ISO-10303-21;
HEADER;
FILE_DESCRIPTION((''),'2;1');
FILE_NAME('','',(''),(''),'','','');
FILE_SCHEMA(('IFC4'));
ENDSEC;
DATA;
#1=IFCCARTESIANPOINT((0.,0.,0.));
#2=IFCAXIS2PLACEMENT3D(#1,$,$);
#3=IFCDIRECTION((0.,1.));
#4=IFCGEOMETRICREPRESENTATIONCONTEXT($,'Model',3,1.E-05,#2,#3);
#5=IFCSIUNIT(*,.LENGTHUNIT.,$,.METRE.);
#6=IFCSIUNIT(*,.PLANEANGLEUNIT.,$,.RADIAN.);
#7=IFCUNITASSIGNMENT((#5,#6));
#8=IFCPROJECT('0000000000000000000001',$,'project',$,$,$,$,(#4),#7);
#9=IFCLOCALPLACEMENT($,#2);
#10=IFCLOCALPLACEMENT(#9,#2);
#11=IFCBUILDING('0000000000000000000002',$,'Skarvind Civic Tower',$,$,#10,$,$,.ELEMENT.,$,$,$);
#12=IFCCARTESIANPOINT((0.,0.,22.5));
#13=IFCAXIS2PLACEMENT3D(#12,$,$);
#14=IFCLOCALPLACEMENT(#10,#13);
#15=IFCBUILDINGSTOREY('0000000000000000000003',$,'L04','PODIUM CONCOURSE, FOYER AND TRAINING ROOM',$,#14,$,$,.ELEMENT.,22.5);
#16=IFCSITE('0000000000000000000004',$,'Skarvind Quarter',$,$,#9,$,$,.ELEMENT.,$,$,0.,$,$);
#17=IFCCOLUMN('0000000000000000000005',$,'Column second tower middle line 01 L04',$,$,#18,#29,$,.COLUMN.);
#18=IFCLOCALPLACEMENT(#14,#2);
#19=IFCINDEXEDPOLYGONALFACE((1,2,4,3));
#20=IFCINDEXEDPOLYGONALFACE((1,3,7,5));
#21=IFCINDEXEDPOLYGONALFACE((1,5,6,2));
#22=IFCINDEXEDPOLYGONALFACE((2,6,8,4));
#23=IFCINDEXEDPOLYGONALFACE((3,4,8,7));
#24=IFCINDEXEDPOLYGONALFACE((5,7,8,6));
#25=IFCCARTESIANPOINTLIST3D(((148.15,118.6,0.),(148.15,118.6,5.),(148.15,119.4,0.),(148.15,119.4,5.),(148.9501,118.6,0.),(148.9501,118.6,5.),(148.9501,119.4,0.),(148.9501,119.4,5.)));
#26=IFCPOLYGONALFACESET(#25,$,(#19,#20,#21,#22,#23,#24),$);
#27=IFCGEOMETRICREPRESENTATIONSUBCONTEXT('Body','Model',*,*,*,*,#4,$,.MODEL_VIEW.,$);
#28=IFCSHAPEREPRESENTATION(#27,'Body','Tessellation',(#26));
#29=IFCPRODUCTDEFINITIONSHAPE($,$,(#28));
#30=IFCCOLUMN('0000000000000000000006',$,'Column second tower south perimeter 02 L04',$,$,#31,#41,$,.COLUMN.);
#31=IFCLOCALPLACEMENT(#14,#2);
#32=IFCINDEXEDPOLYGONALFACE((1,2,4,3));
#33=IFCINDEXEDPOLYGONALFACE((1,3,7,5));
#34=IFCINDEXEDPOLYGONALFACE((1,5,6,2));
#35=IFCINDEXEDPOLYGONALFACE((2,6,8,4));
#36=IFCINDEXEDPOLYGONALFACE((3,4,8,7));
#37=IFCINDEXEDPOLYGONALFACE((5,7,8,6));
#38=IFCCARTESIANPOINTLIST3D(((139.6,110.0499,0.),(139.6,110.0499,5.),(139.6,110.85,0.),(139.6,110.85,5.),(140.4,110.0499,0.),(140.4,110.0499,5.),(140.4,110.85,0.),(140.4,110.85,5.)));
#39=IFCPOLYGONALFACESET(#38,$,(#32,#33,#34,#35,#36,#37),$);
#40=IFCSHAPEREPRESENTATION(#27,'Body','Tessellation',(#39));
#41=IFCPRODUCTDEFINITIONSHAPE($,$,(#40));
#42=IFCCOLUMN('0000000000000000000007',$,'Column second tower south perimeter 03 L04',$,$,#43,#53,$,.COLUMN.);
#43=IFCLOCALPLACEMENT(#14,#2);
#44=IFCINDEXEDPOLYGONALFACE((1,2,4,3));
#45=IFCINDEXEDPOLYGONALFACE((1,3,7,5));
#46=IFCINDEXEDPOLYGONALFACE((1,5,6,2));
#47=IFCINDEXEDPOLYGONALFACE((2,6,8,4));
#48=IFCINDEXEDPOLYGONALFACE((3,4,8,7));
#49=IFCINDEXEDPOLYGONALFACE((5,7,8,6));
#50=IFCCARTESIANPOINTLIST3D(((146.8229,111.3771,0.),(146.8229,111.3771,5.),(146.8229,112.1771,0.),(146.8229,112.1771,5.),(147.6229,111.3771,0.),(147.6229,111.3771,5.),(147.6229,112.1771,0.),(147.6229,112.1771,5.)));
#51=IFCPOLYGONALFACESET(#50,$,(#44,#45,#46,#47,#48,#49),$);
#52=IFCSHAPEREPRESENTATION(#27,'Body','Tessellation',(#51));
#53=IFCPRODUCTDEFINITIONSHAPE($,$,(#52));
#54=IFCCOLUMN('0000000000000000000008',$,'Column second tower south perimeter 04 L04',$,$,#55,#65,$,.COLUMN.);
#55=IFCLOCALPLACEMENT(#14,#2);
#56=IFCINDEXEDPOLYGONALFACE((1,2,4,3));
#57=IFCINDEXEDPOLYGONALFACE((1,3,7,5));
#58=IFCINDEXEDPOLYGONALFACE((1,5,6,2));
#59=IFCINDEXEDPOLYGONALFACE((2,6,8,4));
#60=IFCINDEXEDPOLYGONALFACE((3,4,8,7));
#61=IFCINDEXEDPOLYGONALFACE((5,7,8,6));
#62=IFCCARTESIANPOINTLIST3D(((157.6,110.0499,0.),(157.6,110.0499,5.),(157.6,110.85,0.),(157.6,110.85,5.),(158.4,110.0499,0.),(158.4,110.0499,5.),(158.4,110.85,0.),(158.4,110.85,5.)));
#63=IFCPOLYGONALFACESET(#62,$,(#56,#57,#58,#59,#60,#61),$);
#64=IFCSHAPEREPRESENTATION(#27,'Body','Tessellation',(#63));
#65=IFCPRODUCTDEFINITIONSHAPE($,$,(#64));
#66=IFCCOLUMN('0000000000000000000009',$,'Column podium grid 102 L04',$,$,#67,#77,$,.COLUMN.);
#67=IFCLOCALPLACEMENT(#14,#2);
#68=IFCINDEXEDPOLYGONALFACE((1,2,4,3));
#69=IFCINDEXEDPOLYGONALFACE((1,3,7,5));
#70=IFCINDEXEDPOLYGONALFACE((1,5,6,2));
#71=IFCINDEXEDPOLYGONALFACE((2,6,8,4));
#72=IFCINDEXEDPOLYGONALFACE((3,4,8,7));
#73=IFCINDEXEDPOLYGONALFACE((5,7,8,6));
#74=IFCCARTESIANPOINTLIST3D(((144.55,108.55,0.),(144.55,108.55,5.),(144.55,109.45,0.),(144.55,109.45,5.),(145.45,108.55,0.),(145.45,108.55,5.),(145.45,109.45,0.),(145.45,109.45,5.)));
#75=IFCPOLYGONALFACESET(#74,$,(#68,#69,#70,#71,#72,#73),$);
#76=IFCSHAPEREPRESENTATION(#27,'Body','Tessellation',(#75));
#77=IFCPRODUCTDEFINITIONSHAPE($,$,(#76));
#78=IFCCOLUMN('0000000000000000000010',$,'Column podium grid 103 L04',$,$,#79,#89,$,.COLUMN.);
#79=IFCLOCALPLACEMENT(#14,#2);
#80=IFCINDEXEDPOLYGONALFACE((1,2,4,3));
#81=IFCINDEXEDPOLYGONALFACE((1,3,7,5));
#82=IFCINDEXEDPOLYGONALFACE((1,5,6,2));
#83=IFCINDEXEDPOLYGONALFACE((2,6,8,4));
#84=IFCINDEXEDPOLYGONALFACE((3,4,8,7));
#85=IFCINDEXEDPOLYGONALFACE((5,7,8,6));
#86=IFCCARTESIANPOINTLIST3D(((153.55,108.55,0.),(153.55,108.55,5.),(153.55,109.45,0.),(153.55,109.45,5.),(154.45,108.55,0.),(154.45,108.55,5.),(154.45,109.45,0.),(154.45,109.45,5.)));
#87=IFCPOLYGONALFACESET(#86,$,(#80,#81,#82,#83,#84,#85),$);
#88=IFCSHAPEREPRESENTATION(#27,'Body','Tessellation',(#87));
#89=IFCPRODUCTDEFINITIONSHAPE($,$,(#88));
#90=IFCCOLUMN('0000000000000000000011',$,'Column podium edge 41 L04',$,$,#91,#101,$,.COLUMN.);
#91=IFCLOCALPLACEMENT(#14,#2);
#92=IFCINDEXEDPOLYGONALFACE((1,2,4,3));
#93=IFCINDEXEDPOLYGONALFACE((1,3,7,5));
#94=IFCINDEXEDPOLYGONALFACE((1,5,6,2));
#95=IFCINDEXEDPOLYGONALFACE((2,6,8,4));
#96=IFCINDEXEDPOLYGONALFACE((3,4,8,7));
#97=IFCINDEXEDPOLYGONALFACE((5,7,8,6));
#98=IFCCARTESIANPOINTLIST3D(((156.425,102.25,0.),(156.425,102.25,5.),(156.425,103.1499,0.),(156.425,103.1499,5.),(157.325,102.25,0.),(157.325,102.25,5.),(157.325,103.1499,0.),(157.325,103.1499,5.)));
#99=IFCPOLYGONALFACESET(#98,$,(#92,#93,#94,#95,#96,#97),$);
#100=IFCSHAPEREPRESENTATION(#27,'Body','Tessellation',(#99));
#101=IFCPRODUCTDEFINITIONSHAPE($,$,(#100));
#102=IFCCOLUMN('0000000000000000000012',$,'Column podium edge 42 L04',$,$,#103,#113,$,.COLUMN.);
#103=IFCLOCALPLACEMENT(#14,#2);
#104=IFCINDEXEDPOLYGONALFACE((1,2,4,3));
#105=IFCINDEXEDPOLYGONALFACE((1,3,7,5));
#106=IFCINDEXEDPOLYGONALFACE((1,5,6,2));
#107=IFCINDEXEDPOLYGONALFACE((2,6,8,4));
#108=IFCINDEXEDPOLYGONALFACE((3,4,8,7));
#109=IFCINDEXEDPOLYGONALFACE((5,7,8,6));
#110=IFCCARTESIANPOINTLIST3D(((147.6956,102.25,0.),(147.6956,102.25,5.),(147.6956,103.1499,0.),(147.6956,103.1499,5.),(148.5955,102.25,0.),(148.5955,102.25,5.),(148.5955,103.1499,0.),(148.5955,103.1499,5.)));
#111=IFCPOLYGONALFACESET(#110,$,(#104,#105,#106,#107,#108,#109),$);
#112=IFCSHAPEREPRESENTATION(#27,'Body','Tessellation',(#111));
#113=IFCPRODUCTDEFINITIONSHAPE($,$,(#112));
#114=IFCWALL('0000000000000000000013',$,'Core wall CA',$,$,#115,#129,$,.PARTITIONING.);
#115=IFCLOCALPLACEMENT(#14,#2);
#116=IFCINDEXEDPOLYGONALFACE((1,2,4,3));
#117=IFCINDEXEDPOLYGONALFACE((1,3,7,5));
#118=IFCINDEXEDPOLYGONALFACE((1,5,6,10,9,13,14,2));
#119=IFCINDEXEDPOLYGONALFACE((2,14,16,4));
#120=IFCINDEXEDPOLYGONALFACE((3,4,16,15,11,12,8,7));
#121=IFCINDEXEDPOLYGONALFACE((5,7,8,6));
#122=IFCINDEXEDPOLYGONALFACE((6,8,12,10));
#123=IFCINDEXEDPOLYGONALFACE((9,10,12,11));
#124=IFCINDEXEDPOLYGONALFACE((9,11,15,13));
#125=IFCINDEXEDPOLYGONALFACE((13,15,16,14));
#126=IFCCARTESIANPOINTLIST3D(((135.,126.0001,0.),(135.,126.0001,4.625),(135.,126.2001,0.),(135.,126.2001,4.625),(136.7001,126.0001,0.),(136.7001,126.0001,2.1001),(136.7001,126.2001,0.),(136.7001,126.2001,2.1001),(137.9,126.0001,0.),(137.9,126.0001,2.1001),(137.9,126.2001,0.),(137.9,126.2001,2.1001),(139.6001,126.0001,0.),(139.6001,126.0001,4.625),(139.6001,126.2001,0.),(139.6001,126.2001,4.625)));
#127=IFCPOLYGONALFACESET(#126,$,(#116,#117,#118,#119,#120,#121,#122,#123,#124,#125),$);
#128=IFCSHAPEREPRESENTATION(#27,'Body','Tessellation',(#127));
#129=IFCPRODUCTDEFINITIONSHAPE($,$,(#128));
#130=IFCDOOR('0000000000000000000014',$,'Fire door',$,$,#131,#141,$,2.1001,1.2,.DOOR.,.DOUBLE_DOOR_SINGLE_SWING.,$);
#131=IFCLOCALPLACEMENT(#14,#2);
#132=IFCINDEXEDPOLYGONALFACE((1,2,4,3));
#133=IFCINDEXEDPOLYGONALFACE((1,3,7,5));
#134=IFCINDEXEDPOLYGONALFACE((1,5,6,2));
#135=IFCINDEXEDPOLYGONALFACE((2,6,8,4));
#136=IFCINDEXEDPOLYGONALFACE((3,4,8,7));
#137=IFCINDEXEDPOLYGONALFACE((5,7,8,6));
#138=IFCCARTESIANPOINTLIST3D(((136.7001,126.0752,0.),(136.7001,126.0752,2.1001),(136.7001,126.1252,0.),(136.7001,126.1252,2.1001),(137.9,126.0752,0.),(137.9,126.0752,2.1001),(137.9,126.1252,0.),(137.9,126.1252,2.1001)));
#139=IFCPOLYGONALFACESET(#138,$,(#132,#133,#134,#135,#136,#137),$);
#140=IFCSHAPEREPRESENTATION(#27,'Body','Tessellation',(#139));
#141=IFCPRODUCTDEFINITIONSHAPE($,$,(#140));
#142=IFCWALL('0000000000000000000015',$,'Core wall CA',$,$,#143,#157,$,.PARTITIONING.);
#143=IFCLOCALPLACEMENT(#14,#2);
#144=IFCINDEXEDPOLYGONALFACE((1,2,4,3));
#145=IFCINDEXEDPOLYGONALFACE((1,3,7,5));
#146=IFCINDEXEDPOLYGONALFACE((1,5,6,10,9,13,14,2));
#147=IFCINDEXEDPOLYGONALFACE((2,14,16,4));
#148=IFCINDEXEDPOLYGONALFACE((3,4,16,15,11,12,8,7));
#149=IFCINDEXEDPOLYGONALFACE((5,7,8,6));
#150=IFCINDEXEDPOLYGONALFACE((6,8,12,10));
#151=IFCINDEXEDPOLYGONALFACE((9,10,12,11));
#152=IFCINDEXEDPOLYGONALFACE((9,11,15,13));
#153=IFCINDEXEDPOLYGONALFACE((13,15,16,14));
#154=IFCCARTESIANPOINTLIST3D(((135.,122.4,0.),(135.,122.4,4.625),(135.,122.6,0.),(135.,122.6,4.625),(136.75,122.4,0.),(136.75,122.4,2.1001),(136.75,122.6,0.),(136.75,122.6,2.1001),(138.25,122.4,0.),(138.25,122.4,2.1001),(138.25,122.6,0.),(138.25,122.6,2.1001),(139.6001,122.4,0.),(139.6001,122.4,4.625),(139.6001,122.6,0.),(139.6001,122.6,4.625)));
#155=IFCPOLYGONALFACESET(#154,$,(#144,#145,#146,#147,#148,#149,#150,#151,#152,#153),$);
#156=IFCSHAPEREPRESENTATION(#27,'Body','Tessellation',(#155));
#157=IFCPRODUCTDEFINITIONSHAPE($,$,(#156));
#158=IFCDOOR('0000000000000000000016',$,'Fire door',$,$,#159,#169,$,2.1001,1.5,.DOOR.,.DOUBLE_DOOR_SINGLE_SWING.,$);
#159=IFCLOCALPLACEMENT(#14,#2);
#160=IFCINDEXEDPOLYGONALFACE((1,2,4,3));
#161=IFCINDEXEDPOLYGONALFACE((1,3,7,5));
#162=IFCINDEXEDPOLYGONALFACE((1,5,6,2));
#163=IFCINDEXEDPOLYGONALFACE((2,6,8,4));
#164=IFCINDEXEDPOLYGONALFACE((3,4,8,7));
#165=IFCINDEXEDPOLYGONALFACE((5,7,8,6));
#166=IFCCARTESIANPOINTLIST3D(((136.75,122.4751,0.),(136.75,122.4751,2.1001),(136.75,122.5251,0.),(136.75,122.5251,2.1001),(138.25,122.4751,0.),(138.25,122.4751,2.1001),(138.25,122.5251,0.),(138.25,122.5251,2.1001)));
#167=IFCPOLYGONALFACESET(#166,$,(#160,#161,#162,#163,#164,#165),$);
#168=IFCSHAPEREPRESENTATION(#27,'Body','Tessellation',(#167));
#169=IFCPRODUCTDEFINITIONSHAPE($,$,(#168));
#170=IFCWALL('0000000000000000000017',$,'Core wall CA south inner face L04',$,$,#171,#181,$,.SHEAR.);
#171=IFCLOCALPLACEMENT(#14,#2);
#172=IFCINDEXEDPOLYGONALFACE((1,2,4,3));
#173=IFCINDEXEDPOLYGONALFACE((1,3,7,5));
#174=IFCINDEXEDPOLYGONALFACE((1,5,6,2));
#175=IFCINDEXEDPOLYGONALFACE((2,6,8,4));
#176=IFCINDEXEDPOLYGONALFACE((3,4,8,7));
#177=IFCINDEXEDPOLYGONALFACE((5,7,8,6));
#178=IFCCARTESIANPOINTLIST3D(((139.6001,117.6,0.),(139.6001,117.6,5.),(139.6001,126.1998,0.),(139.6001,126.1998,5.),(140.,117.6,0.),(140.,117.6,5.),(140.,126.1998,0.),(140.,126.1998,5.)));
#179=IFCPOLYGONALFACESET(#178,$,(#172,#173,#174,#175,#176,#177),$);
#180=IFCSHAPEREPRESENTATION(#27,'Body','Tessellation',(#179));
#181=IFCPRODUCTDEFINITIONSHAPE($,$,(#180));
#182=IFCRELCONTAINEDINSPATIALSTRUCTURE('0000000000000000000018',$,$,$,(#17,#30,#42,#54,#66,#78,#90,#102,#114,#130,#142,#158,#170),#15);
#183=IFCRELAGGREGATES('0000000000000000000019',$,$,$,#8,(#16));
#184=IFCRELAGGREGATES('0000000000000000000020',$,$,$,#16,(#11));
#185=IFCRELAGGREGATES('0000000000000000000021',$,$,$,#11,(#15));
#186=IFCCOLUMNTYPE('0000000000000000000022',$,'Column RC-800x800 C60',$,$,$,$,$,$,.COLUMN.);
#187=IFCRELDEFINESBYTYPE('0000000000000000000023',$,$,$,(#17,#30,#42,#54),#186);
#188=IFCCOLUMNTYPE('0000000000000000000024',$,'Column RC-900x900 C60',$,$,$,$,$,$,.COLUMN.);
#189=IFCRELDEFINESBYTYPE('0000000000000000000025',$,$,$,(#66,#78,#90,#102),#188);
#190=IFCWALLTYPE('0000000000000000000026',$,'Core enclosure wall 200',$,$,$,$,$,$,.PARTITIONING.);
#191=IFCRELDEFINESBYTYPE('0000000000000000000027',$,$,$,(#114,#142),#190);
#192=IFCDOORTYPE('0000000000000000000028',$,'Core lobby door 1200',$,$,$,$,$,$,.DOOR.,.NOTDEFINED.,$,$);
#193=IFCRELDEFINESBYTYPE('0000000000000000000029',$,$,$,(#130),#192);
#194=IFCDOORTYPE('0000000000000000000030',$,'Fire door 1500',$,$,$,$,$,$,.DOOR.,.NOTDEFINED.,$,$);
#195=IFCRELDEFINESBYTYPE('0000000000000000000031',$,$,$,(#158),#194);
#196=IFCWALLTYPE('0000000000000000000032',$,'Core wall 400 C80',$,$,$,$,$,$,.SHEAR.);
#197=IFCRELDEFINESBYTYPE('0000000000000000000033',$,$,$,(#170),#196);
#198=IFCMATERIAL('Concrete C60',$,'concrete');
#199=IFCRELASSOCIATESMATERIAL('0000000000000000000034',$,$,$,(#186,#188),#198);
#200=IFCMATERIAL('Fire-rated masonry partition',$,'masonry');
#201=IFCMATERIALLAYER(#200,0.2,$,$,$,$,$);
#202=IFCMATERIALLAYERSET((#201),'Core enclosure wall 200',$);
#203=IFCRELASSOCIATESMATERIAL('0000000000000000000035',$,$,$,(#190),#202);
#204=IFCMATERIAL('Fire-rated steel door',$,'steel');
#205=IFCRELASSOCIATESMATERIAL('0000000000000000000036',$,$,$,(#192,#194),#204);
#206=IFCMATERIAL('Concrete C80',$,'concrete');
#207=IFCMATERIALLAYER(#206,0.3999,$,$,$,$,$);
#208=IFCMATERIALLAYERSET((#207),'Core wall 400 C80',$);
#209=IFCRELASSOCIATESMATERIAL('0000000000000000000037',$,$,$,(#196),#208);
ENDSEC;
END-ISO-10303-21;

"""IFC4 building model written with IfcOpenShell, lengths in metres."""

from ifc_helpers import new_model, si_unit, direction, frame, frame_2d, origin, origin_2d, place, context, subcontext, project, spatial, rectangle, extrude, material, layer, layer_set, material_profile, profile_set, type_object, element, fill, save


model = new_model("IFC4")

# Units and contexts
model_context = context("Model", 3, precision=1e-05, world=origin(), true_north=direction((0.0, 1.0)))
body_context = subcontext(model_context, "Body", "Model", "MODEL_VIEW")
ifc_project = project(units=[si_unit("LENGTHUNIT", "METRE"), si_unit("PLANEANGLEUNIT", "RADIAN")], contexts=[model_context])

# Site, building, storey
site_placement = place(None, origin())
site = spatial("IfcSite", under=ifc_project, at=site_placement, Name="Skarvind Quarter", CompositionType="ELEMENT", RefElevation=0.0)
building_placement = place(site_placement, origin())
building = spatial("IfcBuilding", under=site, at=building_placement, Name="Skarvind Civic Tower", CompositionType="ELEMENT")
storey_placement = place(building_placement, frame((0.0, 0.0, 22.5)))
storey = spatial("IfcBuildingStorey", under=building, at=storey_placement, Name="L04", Description="PODIUM CONCOURSE, FOYER AND TRAINING ROOM", CompositionType="ELEMENT", Elevation=22.5)

# Columns
ifc_material_1 = material(Name="Concrete C60", Category="concrete")
ifc_material_profile_1 = material_profile(ifc_material_1, rectangle(XDim=0.8, YDim=0.8, at=origin_2d()), Name="RC-800x800")
ifc_profile_set_1 = profile_set([ifc_material_profile_1], Name="Concrete C60")
column_type_1 = type_object("IfcColumnType", Name="Column RC-800x800 C60", PredefinedType="COLUMN", material=ifc_profile_set_1)
for number, where, z_axis, x_axis, name in (
    (1, (148.55, 119.0, 0.0), (0.0, 0.0, 1.0), (1.0, 0.0, 0.0), "Column second tower middle line 01 L04"),
    (2, (140.0, 110.45, 0.0), (0.0, 0.0, 1.0), (1.0, 0.0, 0.0), "Column second tower south perimeter 02 L04"),
    (3, (147.2229, 111.7771, 0.0), (0.0, 0.0, 1.0), (1.0, 0.0, 0.0), "Column second tower south perimeter 03 L04"),
    (4, (158.0, 110.45, 0.0), (0.0, 0.0, 1.0), (1.0, 0.0, 0.0), "Column second tower south perimeter 04 L04"),
):
    element("IfcColumn", number, at=place(storey_placement, frame(where, z_axis=z_axis, x_axis=x_axis)), inside=storey, type_object=column_type_1, Name=name, PredefinedType="COLUMN", context=body_context, shape_type="SweptSolid", body=[
        extrude(rectangle(XDim=0.8, YDim=0.8, at=origin_2d()), origin(), (0.0, 0.0, 1.0), 5.0),
    ])
ifc_material_profile_2 = material_profile(ifc_material_1, rectangle(XDim=0.8999, YDim=0.8999, at=origin_2d()), Name="RC-900x900")
ifc_profile_set_2 = profile_set([ifc_material_profile_2], Name="Concrete C60")
column_type_2 = type_object("IfcColumnType", Name="Column RC-900x900 C60", PredefinedType="COLUMN", material=ifc_profile_set_2)
for number, where, z_axis, x_axis, name in (
    (5, (145.0, 109.0, 0.0), (0.0, 0.0, 1.0), (1.0, 0.0, 0.0), "Column podium grid 102 L04"),
    (6, (154.0, 109.0, 0.0), (0.0, 0.0, 1.0), (1.0, 0.0, 0.0), "Column podium grid 103 L04"),
    (7, (156.875, 102.7, 0.0), (0.0, 0.0, 1.0), (1.0, 0.0, 0.0), "Column podium edge 41 L04"),
    (8, (148.1455, 102.7, 0.0), (0.0, 0.0, 1.0), (1.0, 0.0, 0.0), "Column podium edge 42 L04"),
):
    element("IfcColumn", number, at=place(storey_placement, frame(where, z_axis=z_axis, x_axis=x_axis)), inside=storey, type_object=column_type_2, Name=name, PredefinedType="COLUMN", context=body_context, shape_type="SweptSolid", body=[
        extrude(rectangle(XDim=0.8999, YDim=0.8999, at=origin_2d()), origin(), (0.0, 0.0, 1.0), 5.0),
    ])

# Walls, openings, doors
ifc_material_2 = material(Name="Fire-rated masonry partition", Category="masonry")
ifc_layer_1 = layer(ifc_material_2, 0.2)
ifc_layer_set_1 = layer_set([ifc_layer_1], Name="Core enclosure wall 200")
wall_type_1 = type_object("IfcWallType", Name="Core enclosure wall 200", PredefinedType="PARTITIONING", material=ifc_layer_set_1)
wall_1_placement = place(storey_placement, frame((139.6001, 126.1001, 0.0), z_axis=(0.0, 0.0, 1.0), x_axis=(-1.0, 0.0, 0.0)))
wall_1 = element("IfcWall", 9, at=wall_1_placement, inside=storey, type_object=wall_type_1, Name="Core wall CA", PredefinedType="PARTITIONING", context=body_context, shape_type="SweptSolid", body=[
    extrude(rectangle(XDim=4.6001, YDim=0.2, at=frame_2d((2.3, 0.0))), origin(), (0.0, 0.0, 1.0), 4.625),
])
opening_1_placement = place(wall_1_placement, frame((1.7, 0.0, 0.0)))
opening_1 = element("IfcOpeningElement", 10, at=opening_1_placement, cuts=wall_1, PredefinedType="OPENING", context=body_context, shape_type="SweptSolid", body=[
    extrude(rectangle(XDim=1.2, YDim=2.1001, at=frame_2d((0.6001, 1.05))), frame((0.0, 0.1099, 0.0), z_axis=(0.0, -1.0, 0.0), x_axis=(1.0, 0.0, 0.0)), (0.0, 0.0, 1.0), 0.22),
])
ifc_material_3 = material(Name="Fire-rated steel door", Category="steel")
door_type_1 = type_object("IfcDoorType", Name="Core lobby door 1200", OperationType="NOTDEFINED", PredefinedType="DOOR", material=ifc_material_3)
door_1_placement = place(opening_1_placement, origin())
door_1 = element("IfcDoor", 11, at=door_1_placement, inside=storey, type_object=door_type_1, Name="Fire door", OperationType="DOUBLE_DOOR_SINGLE_SWING", OverallHeight=2.1001, OverallWidth=1.2, PredefinedType="DOOR", context=body_context, shape_type="SweptSolid", body=[
    extrude(rectangle(XDim=1.2, YDim=2.1001, at=frame_2d((0.6001, 1.05))), frame((0.0, 0.0249, 0.0), z_axis=(0.0, -1.0, 0.0), x_axis=(1.0, 0.0, 0.0)), (0.0, 0.0, 1.0), 0.05),
])
fill(opening_1, door_1)
wall_2_placement = place(storey_placement, frame((139.6001, 122.5, 0.0), z_axis=(0.0, 0.0, 1.0), x_axis=(-1.0, 0.0, 0.0)))
wall_2 = element("IfcWall", 12, at=wall_2_placement, inside=storey, type_object=wall_type_1, Name="Core wall CA", PredefinedType="PARTITIONING", context=body_context, shape_type="SweptSolid", body=[
    extrude(rectangle(XDim=4.6001, YDim=0.2, at=frame_2d((2.3, 0.0))), origin(), (0.0, 0.0, 1.0), 4.625),
])
opening_2_placement = place(wall_2_placement, frame((1.3501, 0.0, 0.0)))
opening_2 = element("IfcOpeningElement", 13, at=opening_2_placement, cuts=wall_2, PredefinedType="OPENING", context=body_context, shape_type="SweptSolid", body=[
    extrude(rectangle(XDim=1.5, YDim=2.1001, at=frame_2d((0.75, 1.05))), frame((0.0, 0.1099, 0.0), z_axis=(0.0, -1.0, 0.0), x_axis=(1.0, 0.0, 0.0)), (0.0, 0.0, 1.0), 0.22),
])
door_type_2 = type_object("IfcDoorType", Name="Fire door 1500", OperationType="NOTDEFINED", PredefinedType="DOOR", material=ifc_material_3)
door_2_placement = place(opening_2_placement, origin())
door_2 = element("IfcDoor", 14, at=door_2_placement, inside=storey, type_object=door_type_2, Name="Fire door", OperationType="DOUBLE_DOOR_SINGLE_SWING", OverallHeight=2.1001, OverallWidth=1.5, PredefinedType="DOOR", context=body_context, shape_type="SweptSolid", body=[
    extrude(rectangle(XDim=1.5, YDim=2.1001, at=frame_2d((0.75, 1.05))), frame((0.0, 0.0249, 0.0), z_axis=(0.0, -1.0, 0.0), x_axis=(1.0, 0.0, 0.0)), (0.0, 0.0, 1.0), 0.05),
])
fill(opening_2, door_2)

# Wall
ifc_material_4 = material(Name="Concrete C80", Category="concrete")
ifc_layer_2 = layer(ifc_material_4, 0.3999)
ifc_layer_set_2 = layer_set([ifc_layer_2], Name="Core wall 400 C80")
wall_type_2 = type_object("IfcWallType", Name="Core wall 400 C80", PredefinedType="SHEAR", material=ifc_layer_set_2)
wall_3_placement = place(storey_placement, frame((139.8, 117.6001, 0.0), z_axis=(0.0, 0.0, 1.0), x_axis=(0.0, 1.0, 0.0)))
element("IfcWall", 15, at=wall_3_placement, inside=storey, type_object=wall_type_2, Name="Core wall CA south inner face L04", PredefinedType="SHEAR", context=body_context, shape_type="SweptSolid", body=[
    extrude(rectangle(XDim=8.5999, YDim=0.3999, at=frame_2d((4.2998, 0.0))), origin(), (0.0, 0.0, 1.0), 5.0),
])

save(model, "model.ifc")
